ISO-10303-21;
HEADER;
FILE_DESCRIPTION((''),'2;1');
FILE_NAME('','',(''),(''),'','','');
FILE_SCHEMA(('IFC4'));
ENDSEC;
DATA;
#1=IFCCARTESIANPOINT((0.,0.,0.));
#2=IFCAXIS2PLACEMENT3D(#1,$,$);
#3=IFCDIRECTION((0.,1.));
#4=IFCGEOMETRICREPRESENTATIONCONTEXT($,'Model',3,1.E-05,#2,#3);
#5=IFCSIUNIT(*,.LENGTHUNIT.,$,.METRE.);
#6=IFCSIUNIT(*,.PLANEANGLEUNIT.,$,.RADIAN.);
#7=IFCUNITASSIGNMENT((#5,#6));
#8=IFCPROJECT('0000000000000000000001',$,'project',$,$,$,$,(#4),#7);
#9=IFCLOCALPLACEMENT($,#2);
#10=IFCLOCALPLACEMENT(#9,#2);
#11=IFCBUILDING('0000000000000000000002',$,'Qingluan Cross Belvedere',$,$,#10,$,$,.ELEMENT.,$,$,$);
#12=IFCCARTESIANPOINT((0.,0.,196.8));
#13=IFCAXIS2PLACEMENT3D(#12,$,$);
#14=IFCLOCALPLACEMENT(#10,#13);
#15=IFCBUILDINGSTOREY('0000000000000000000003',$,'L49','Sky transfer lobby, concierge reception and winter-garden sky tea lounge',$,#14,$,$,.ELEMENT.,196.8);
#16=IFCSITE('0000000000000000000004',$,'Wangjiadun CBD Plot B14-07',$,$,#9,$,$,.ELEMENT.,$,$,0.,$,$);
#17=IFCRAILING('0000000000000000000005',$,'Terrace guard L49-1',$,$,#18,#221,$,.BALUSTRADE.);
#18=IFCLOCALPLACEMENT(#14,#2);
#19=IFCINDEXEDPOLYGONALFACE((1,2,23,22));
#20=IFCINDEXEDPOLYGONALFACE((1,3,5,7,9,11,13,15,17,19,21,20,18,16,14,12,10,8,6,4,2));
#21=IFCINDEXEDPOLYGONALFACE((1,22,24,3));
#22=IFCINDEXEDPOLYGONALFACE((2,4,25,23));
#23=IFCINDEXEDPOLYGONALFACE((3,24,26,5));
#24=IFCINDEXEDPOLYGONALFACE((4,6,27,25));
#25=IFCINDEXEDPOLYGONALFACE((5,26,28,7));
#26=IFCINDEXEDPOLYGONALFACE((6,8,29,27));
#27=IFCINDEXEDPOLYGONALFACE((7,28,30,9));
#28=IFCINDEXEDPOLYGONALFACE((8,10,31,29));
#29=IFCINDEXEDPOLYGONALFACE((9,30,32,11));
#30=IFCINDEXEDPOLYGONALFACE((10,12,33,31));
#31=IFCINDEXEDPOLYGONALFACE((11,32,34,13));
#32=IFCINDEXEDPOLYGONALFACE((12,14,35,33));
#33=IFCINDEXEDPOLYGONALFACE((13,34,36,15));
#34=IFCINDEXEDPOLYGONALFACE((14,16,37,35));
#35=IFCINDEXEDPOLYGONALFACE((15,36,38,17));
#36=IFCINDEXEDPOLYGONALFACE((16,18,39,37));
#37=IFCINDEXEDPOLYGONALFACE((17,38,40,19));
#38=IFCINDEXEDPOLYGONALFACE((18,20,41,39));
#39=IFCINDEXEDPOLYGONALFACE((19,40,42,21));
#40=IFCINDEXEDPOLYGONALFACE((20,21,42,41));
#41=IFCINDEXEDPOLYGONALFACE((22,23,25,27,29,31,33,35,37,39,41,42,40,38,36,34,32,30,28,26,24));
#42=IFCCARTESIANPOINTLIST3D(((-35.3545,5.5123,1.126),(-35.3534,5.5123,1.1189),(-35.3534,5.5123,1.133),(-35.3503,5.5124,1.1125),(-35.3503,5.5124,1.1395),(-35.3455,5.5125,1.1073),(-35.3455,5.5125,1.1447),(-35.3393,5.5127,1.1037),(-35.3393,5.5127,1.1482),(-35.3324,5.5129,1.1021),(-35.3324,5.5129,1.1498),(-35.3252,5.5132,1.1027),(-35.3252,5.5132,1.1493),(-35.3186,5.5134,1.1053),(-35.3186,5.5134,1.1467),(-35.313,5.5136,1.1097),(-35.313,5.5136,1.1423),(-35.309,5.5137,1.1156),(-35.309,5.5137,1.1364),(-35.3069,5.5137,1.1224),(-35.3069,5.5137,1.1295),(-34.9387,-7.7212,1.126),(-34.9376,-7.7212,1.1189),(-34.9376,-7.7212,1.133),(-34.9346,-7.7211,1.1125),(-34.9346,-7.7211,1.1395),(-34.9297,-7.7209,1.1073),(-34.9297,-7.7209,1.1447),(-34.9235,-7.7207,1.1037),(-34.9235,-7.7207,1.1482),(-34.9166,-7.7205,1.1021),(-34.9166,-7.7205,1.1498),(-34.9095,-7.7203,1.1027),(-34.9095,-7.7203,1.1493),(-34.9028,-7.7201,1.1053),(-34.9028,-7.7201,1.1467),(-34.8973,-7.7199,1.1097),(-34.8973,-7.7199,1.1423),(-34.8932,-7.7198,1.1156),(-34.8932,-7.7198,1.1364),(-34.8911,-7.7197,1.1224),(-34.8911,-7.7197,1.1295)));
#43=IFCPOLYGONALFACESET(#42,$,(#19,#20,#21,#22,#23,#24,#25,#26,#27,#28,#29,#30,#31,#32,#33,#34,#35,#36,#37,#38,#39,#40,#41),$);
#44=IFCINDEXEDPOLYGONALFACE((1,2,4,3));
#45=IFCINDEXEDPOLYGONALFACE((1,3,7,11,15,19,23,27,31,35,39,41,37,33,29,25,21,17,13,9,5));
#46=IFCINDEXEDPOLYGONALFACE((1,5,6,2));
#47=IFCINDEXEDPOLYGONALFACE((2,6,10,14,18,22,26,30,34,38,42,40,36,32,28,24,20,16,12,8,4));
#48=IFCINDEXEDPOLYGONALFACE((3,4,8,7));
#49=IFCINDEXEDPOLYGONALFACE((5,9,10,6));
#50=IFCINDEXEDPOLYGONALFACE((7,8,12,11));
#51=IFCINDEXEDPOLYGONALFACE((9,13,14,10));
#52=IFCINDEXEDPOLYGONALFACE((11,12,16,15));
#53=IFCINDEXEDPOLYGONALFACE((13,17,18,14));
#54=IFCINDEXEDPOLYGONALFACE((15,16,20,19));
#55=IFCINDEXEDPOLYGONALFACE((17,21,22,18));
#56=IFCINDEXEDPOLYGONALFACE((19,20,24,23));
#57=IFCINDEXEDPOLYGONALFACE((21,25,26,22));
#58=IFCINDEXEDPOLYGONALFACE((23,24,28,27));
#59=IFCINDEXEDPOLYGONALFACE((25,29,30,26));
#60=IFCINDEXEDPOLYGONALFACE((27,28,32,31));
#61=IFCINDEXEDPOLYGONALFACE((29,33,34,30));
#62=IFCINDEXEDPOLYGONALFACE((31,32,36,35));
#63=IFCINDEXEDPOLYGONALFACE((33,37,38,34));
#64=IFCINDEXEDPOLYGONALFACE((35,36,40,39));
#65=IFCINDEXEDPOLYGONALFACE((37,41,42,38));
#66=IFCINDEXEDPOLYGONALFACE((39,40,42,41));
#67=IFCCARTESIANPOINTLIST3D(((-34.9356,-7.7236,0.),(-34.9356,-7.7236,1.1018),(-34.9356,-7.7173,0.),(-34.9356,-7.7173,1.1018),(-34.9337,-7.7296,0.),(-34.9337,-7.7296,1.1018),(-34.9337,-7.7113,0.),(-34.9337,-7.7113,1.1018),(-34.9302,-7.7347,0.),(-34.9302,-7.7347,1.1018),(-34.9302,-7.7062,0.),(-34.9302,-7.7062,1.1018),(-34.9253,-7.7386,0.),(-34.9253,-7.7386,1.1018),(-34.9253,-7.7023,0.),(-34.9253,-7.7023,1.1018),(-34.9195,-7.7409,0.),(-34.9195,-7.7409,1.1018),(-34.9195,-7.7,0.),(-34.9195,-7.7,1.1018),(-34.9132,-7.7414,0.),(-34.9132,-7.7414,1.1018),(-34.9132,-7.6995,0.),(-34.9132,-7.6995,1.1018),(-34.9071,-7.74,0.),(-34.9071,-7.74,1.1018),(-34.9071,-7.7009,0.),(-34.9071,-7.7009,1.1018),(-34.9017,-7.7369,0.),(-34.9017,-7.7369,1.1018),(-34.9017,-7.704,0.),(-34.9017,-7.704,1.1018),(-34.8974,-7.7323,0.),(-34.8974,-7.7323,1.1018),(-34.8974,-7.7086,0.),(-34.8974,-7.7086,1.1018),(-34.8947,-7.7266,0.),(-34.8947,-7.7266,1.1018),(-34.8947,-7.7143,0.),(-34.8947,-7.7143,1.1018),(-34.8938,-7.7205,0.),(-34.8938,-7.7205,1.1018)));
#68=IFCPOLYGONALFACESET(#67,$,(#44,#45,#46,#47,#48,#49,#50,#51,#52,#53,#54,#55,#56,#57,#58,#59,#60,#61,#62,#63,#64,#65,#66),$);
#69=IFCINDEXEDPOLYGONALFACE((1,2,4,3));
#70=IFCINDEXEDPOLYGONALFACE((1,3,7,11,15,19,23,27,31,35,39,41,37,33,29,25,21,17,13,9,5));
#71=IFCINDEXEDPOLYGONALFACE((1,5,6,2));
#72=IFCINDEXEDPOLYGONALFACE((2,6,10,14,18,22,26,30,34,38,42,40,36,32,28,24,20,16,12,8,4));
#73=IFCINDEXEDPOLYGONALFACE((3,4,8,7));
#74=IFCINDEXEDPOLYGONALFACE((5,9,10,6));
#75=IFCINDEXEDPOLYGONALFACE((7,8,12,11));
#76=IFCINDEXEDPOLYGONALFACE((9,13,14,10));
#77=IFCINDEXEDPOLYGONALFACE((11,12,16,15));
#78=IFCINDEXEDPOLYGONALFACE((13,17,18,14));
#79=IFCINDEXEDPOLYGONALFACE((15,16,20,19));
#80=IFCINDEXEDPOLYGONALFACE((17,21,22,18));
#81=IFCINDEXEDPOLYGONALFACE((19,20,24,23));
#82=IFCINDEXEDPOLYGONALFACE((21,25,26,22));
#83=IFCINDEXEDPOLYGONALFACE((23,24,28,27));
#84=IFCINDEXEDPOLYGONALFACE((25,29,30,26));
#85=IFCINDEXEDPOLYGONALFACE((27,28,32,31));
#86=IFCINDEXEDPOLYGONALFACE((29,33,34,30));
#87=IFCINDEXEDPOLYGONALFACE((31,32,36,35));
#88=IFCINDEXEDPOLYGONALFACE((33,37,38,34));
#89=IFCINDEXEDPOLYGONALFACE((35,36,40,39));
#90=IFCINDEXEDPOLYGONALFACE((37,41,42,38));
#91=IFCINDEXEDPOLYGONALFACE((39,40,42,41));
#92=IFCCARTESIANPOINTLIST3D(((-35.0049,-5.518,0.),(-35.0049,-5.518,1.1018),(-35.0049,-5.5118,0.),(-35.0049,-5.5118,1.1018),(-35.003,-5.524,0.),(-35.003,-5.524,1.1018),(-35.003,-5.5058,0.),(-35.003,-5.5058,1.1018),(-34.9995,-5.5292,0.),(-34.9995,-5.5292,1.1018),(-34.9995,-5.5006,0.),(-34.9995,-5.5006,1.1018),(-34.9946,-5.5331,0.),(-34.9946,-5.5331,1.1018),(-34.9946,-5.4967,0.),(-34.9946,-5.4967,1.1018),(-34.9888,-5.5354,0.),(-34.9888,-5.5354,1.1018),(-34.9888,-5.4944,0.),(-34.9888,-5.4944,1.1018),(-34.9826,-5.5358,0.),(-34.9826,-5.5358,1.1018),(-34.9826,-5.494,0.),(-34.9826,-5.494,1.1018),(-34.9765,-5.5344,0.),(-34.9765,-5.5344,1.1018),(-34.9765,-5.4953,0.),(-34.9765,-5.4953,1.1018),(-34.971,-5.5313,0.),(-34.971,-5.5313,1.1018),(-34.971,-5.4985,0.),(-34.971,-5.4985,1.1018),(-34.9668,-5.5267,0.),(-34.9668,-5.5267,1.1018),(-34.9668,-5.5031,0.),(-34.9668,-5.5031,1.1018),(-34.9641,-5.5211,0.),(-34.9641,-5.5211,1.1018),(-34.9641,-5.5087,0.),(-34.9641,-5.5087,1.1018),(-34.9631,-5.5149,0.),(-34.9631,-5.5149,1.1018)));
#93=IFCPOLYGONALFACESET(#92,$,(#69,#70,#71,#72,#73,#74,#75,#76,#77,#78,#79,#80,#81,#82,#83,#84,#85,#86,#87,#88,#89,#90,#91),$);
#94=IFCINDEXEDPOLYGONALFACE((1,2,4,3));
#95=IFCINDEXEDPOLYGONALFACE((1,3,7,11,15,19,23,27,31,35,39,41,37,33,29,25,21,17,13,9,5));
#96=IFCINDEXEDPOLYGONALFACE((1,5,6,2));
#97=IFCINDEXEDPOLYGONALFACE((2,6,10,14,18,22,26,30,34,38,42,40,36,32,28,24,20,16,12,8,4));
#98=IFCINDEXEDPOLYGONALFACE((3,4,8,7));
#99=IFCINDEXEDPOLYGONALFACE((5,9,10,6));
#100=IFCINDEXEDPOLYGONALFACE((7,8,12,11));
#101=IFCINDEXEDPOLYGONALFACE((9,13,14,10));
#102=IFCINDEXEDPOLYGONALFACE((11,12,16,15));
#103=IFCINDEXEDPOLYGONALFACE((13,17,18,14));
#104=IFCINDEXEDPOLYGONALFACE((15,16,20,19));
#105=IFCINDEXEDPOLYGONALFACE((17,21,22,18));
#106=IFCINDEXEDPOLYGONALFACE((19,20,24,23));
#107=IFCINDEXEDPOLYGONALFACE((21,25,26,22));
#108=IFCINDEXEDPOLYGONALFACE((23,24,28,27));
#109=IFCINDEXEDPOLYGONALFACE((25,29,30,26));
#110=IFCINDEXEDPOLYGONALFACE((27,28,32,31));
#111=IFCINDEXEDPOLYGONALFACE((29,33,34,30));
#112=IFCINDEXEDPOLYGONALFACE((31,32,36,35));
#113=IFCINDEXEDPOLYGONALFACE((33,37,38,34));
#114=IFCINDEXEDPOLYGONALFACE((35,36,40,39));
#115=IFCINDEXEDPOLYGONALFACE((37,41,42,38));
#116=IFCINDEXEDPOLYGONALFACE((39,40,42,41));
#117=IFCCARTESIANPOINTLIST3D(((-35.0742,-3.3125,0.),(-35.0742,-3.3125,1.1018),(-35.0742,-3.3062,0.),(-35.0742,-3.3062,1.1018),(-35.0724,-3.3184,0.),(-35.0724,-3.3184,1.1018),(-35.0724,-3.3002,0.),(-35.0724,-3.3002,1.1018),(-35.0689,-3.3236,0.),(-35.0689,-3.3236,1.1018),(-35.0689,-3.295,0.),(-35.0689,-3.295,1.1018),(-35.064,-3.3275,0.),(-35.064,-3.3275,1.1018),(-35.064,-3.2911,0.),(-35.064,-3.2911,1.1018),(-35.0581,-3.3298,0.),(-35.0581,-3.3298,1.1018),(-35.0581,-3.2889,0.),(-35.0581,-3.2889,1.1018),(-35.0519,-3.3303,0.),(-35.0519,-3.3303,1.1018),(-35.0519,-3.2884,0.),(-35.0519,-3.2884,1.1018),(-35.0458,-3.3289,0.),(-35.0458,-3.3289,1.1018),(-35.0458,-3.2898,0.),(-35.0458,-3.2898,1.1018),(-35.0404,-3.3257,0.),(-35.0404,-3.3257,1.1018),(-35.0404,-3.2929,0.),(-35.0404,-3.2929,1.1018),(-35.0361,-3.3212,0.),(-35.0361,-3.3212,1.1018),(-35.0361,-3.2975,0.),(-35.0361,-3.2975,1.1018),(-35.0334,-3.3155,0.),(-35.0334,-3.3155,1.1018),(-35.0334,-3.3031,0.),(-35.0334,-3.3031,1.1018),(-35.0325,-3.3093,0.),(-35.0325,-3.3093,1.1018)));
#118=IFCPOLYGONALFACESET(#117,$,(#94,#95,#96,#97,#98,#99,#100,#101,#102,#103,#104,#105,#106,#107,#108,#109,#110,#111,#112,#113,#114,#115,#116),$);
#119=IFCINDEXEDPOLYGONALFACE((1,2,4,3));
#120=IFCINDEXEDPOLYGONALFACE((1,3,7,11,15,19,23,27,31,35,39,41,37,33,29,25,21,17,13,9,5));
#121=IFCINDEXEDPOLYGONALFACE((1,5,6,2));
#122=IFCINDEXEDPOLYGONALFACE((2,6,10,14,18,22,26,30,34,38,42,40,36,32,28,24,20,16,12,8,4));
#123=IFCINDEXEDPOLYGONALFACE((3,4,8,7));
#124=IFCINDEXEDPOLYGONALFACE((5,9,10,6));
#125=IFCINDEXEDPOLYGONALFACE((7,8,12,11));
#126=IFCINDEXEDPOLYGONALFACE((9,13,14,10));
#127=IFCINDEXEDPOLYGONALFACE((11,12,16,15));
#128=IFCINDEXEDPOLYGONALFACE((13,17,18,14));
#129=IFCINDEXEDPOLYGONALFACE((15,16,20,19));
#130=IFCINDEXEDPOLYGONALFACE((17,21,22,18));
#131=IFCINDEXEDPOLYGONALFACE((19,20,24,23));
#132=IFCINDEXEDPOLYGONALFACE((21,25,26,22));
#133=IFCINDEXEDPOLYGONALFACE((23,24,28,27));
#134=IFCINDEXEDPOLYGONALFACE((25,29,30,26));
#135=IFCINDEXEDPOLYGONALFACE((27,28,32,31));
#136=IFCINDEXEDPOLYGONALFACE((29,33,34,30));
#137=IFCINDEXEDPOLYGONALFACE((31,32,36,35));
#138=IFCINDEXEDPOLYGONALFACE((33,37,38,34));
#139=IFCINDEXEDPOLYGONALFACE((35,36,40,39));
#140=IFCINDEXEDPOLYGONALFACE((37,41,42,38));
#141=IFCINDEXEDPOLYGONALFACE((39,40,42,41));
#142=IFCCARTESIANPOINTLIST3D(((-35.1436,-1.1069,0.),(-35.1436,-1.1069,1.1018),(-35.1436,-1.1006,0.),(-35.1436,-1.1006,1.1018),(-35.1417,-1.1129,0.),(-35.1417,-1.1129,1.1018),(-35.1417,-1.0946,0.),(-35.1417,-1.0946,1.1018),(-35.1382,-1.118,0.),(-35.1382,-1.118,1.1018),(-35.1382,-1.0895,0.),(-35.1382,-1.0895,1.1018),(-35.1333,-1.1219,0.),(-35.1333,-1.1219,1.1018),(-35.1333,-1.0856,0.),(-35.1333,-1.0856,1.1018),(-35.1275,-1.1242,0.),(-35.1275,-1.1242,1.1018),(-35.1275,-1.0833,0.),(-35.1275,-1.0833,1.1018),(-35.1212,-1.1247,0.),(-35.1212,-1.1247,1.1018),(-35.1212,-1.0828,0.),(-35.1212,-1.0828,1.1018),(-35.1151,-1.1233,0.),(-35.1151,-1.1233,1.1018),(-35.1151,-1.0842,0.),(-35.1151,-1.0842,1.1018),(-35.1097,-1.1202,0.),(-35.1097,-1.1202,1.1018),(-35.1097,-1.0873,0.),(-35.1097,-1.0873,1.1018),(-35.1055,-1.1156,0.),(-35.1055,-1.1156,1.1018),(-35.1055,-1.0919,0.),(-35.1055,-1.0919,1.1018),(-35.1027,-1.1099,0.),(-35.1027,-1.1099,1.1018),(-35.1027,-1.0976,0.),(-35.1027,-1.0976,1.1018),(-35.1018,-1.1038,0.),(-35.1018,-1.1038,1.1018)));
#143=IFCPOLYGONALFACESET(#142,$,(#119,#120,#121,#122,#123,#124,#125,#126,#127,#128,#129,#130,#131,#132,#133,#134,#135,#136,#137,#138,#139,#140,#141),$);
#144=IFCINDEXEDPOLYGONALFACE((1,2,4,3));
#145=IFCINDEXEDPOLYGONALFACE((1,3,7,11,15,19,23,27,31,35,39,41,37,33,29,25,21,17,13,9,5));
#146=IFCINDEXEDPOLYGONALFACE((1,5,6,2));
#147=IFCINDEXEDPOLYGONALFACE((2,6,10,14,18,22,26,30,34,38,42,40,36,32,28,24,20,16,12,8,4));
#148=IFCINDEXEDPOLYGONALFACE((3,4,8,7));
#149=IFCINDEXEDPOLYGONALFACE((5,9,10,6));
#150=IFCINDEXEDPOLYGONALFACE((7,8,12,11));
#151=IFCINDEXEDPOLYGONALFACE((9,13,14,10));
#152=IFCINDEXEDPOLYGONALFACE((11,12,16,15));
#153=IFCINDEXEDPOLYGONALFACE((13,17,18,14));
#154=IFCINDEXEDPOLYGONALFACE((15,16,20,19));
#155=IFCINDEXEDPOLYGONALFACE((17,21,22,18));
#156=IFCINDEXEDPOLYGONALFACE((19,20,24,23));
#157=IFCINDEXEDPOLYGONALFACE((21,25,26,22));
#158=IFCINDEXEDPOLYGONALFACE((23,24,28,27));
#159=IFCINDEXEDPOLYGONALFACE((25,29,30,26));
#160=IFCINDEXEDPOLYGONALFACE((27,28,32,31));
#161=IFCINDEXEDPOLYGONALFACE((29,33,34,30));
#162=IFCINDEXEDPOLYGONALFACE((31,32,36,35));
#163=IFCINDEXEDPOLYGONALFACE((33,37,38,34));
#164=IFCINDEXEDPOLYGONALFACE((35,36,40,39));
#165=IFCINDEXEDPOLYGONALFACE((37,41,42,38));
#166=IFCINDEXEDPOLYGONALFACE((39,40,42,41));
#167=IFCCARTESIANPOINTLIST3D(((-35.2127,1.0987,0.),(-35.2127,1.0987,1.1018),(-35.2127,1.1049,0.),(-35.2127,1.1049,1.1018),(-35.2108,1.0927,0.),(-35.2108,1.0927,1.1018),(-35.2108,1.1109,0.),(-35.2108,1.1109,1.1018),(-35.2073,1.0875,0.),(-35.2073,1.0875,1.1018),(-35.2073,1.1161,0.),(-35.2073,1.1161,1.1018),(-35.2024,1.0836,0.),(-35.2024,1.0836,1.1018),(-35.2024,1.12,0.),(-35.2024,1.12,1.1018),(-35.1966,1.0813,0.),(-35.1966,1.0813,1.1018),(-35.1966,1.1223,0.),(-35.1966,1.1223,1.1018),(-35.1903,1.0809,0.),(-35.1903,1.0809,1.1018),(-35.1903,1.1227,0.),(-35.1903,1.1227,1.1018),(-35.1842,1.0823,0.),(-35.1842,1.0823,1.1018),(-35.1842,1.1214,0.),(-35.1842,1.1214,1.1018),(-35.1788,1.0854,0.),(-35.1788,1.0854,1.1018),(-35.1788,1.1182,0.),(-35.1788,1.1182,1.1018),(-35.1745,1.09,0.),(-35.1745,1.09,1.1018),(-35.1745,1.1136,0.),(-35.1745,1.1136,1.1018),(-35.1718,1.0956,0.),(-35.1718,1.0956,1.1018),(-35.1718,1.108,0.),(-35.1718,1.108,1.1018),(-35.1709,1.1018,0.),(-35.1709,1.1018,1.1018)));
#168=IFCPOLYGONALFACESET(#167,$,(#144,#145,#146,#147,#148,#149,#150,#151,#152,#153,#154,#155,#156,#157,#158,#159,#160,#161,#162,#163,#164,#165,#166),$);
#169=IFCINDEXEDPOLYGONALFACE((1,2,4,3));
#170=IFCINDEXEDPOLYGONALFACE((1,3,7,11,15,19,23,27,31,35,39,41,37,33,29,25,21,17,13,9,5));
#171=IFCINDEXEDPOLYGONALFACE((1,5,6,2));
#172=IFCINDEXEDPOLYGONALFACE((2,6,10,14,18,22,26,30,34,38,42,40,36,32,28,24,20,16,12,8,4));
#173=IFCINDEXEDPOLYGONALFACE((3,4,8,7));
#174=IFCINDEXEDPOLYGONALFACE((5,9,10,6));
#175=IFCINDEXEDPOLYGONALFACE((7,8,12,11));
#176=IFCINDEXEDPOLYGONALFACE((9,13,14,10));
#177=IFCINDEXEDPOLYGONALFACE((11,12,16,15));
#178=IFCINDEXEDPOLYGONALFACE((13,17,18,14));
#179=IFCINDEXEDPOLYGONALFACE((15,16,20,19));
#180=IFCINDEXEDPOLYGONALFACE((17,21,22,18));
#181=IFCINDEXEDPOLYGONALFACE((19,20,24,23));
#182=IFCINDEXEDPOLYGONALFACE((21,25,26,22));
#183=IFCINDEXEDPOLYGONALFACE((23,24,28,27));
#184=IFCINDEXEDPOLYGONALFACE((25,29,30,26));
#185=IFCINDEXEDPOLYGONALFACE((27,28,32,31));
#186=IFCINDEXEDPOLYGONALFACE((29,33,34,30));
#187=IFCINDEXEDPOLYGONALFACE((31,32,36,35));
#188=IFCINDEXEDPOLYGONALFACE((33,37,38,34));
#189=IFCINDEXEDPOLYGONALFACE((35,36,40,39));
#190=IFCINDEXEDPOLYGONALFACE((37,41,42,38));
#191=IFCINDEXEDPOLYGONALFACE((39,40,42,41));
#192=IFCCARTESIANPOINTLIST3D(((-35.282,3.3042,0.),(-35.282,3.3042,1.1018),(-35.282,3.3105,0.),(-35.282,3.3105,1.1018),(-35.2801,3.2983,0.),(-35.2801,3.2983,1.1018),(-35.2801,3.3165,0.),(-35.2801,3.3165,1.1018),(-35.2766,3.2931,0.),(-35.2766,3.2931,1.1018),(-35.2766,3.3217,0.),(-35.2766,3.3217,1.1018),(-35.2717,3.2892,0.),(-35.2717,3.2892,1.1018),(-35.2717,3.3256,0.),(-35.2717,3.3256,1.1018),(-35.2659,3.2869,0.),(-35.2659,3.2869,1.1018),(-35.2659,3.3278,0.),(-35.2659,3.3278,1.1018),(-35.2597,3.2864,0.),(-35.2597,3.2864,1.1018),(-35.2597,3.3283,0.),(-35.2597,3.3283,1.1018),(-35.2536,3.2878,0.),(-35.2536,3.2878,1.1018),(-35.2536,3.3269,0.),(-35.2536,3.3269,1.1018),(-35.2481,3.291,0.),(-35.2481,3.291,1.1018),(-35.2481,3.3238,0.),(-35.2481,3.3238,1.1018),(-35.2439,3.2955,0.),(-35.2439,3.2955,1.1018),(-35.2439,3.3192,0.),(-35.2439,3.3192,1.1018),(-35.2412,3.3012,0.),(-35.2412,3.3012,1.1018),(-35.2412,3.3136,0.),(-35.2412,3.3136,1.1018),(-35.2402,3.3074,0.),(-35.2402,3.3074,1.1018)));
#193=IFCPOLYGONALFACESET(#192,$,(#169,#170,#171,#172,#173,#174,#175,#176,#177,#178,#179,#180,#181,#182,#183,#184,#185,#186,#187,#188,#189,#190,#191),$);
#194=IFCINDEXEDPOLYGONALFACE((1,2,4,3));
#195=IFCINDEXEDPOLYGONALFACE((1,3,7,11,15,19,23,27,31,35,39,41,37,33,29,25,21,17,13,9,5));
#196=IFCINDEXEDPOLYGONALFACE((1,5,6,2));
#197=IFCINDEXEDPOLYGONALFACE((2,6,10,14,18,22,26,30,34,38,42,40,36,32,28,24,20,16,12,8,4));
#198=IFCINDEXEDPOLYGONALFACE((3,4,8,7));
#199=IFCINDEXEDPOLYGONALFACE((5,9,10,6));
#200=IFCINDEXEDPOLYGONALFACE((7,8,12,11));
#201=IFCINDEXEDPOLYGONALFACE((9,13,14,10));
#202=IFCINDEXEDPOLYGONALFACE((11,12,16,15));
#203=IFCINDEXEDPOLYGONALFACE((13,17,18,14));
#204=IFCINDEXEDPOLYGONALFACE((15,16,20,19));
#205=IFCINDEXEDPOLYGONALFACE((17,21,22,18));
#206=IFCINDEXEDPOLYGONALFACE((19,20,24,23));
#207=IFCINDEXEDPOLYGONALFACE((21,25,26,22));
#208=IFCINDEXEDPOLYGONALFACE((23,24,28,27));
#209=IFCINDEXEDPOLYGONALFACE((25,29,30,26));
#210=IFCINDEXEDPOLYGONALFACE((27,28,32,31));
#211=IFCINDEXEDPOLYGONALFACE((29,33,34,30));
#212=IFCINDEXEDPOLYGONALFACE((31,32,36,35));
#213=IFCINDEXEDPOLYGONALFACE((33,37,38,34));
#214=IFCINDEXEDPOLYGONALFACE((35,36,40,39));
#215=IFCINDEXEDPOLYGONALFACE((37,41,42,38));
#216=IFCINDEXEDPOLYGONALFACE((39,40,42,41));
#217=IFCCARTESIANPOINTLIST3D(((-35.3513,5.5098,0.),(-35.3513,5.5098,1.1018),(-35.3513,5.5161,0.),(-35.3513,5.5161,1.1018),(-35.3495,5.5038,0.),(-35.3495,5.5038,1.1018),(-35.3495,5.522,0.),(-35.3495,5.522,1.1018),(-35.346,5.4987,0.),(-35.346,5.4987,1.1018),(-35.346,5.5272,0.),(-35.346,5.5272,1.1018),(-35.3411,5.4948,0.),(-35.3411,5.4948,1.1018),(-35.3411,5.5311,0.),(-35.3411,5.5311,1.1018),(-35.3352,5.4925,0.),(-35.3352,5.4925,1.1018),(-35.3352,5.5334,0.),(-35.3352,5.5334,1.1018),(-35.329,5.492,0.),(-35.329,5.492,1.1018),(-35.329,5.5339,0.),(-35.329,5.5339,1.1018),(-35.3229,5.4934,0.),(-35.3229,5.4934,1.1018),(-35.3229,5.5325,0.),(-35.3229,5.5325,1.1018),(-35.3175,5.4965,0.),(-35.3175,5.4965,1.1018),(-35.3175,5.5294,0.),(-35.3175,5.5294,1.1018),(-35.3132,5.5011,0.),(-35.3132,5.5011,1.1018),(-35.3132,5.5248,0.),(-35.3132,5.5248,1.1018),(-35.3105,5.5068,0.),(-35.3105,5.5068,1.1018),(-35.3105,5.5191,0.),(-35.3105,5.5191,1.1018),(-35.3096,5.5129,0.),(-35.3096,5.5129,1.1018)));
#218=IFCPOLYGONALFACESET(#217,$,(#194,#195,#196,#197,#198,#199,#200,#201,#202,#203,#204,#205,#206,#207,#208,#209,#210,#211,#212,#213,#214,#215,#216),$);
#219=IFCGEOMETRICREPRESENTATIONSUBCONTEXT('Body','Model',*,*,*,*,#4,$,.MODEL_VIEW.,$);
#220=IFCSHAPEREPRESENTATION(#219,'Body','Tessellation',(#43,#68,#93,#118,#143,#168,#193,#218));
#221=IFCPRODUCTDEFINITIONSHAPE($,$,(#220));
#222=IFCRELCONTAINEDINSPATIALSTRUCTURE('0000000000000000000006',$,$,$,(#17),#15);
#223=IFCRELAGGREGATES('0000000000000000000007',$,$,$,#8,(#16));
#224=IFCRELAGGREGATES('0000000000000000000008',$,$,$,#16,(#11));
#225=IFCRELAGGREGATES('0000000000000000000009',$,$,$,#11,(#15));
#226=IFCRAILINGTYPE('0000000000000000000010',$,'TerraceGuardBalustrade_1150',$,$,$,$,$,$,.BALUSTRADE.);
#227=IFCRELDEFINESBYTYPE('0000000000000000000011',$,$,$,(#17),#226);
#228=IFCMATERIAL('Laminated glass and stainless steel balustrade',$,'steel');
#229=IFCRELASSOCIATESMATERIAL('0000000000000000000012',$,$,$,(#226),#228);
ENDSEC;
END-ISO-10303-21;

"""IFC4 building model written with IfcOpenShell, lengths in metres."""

from ifc_helpers import new_model, si_unit, direction, frame, origin, origin_2d, place, context, subcontext, project, spatial, circle, extrude, material, type_object, element, save


model = new_model("IFC4")

# Units and contexts
model_context = context("Model", 3, precision=1e-05, world=origin(), true_north=direction((0.0, 1.0)))
body_context = subcontext(model_context, "Body", "Model", "MODEL_VIEW")
ifc_project = project(units=[si_unit("LENGTHUNIT", "METRE"), si_unit("PLANEANGLEUNIT", "RADIAN")], contexts=[model_context])

# Site, building, storey
site_placement = place(None, origin())
site = spatial("IfcSite", under=ifc_project, at=site_placement, Name="Wangjiadun CBD Plot B14-07", CompositionType="ELEMENT", RefElevation=0.0)
building_placement = place(site_placement, origin())
building = spatial("IfcBuilding", under=site, at=building_placement, Name="Qingluan Cross Belvedere", CompositionType="ELEMENT")
storey_placement = place(building_placement, frame((0.0, 0.0, 196.8)))
storey = spatial("IfcBuildingStorey", under=building, at=storey_placement, Name="L49", Description="Sky transfer lobby, concierge reception and winter-garden sky tea lounge", CompositionType="ELEMENT", Elevation=196.8)

# Railing
ifc_material_1 = material(Name="Laminated glass and stainless steel balustrade", Category="steel")
railing_type = type_object("IfcRailingType", Name="TerraceGuardBalustrade_1150", PredefinedType="BALUSTRADE", material=ifc_material_1)
railing_1_placement = place(storey_placement, frame((-34.9148, -7.7205, 0.0)))
element("IfcRailing", 1, at=railing_1_placement, inside=storey, type_object=railing_type, Name="Terrace guard L49-1", PredefinedType="BALUSTRADE", context=body_context, shape_type="SweptSolid", body=[
    extrude(circle(Radius=0.0239, at=origin_2d()), frame((0.0, 0.0, 1.126), z_axis=(-0.031403, 0.999507, 0.0), x_axis=(-0.999507, -0.031403, 0.0)), (0.0, 0.0, 1.0), 13.24),
    extrude(circle(Radius=0.021, at=origin_2d()), origin(), (0.0, 0.0, 1.0), 1.1018),
    extrude(circle(Radius=0.021, at=origin_2d()), frame((-0.0693, 2.2056, 0.0)), (0.0, 0.0, 1.0), 1.1018),
    extrude(circle(Radius=0.021, at=origin_2d()), frame((-0.1387, 4.4111, 0.0)), (0.0, 0.0, 1.0), 1.1018),
    extrude(circle(Radius=0.021, at=origin_2d()), frame((-0.208, 6.6167, 0.0)), (0.0, 0.0, 1.0), 1.1018),
    extrude(circle(Radius=0.021, at=origin_2d()), frame((-0.2771, 8.8223, 0.0)), (0.0, 0.0, 1.0), 1.1018),
    extrude(circle(Radius=0.021, at=origin_2d()), frame((-0.3464, 11.0278, 0.0)), (0.0, 0.0, 1.0), 1.1018),
    extrude(circle(Radius=0.021, at=origin_2d()), frame((-0.4158, 13.2334, 0.0)), (0.0, 0.0, 1.0), 1.1018),
])

save(model, "model.ifc")
